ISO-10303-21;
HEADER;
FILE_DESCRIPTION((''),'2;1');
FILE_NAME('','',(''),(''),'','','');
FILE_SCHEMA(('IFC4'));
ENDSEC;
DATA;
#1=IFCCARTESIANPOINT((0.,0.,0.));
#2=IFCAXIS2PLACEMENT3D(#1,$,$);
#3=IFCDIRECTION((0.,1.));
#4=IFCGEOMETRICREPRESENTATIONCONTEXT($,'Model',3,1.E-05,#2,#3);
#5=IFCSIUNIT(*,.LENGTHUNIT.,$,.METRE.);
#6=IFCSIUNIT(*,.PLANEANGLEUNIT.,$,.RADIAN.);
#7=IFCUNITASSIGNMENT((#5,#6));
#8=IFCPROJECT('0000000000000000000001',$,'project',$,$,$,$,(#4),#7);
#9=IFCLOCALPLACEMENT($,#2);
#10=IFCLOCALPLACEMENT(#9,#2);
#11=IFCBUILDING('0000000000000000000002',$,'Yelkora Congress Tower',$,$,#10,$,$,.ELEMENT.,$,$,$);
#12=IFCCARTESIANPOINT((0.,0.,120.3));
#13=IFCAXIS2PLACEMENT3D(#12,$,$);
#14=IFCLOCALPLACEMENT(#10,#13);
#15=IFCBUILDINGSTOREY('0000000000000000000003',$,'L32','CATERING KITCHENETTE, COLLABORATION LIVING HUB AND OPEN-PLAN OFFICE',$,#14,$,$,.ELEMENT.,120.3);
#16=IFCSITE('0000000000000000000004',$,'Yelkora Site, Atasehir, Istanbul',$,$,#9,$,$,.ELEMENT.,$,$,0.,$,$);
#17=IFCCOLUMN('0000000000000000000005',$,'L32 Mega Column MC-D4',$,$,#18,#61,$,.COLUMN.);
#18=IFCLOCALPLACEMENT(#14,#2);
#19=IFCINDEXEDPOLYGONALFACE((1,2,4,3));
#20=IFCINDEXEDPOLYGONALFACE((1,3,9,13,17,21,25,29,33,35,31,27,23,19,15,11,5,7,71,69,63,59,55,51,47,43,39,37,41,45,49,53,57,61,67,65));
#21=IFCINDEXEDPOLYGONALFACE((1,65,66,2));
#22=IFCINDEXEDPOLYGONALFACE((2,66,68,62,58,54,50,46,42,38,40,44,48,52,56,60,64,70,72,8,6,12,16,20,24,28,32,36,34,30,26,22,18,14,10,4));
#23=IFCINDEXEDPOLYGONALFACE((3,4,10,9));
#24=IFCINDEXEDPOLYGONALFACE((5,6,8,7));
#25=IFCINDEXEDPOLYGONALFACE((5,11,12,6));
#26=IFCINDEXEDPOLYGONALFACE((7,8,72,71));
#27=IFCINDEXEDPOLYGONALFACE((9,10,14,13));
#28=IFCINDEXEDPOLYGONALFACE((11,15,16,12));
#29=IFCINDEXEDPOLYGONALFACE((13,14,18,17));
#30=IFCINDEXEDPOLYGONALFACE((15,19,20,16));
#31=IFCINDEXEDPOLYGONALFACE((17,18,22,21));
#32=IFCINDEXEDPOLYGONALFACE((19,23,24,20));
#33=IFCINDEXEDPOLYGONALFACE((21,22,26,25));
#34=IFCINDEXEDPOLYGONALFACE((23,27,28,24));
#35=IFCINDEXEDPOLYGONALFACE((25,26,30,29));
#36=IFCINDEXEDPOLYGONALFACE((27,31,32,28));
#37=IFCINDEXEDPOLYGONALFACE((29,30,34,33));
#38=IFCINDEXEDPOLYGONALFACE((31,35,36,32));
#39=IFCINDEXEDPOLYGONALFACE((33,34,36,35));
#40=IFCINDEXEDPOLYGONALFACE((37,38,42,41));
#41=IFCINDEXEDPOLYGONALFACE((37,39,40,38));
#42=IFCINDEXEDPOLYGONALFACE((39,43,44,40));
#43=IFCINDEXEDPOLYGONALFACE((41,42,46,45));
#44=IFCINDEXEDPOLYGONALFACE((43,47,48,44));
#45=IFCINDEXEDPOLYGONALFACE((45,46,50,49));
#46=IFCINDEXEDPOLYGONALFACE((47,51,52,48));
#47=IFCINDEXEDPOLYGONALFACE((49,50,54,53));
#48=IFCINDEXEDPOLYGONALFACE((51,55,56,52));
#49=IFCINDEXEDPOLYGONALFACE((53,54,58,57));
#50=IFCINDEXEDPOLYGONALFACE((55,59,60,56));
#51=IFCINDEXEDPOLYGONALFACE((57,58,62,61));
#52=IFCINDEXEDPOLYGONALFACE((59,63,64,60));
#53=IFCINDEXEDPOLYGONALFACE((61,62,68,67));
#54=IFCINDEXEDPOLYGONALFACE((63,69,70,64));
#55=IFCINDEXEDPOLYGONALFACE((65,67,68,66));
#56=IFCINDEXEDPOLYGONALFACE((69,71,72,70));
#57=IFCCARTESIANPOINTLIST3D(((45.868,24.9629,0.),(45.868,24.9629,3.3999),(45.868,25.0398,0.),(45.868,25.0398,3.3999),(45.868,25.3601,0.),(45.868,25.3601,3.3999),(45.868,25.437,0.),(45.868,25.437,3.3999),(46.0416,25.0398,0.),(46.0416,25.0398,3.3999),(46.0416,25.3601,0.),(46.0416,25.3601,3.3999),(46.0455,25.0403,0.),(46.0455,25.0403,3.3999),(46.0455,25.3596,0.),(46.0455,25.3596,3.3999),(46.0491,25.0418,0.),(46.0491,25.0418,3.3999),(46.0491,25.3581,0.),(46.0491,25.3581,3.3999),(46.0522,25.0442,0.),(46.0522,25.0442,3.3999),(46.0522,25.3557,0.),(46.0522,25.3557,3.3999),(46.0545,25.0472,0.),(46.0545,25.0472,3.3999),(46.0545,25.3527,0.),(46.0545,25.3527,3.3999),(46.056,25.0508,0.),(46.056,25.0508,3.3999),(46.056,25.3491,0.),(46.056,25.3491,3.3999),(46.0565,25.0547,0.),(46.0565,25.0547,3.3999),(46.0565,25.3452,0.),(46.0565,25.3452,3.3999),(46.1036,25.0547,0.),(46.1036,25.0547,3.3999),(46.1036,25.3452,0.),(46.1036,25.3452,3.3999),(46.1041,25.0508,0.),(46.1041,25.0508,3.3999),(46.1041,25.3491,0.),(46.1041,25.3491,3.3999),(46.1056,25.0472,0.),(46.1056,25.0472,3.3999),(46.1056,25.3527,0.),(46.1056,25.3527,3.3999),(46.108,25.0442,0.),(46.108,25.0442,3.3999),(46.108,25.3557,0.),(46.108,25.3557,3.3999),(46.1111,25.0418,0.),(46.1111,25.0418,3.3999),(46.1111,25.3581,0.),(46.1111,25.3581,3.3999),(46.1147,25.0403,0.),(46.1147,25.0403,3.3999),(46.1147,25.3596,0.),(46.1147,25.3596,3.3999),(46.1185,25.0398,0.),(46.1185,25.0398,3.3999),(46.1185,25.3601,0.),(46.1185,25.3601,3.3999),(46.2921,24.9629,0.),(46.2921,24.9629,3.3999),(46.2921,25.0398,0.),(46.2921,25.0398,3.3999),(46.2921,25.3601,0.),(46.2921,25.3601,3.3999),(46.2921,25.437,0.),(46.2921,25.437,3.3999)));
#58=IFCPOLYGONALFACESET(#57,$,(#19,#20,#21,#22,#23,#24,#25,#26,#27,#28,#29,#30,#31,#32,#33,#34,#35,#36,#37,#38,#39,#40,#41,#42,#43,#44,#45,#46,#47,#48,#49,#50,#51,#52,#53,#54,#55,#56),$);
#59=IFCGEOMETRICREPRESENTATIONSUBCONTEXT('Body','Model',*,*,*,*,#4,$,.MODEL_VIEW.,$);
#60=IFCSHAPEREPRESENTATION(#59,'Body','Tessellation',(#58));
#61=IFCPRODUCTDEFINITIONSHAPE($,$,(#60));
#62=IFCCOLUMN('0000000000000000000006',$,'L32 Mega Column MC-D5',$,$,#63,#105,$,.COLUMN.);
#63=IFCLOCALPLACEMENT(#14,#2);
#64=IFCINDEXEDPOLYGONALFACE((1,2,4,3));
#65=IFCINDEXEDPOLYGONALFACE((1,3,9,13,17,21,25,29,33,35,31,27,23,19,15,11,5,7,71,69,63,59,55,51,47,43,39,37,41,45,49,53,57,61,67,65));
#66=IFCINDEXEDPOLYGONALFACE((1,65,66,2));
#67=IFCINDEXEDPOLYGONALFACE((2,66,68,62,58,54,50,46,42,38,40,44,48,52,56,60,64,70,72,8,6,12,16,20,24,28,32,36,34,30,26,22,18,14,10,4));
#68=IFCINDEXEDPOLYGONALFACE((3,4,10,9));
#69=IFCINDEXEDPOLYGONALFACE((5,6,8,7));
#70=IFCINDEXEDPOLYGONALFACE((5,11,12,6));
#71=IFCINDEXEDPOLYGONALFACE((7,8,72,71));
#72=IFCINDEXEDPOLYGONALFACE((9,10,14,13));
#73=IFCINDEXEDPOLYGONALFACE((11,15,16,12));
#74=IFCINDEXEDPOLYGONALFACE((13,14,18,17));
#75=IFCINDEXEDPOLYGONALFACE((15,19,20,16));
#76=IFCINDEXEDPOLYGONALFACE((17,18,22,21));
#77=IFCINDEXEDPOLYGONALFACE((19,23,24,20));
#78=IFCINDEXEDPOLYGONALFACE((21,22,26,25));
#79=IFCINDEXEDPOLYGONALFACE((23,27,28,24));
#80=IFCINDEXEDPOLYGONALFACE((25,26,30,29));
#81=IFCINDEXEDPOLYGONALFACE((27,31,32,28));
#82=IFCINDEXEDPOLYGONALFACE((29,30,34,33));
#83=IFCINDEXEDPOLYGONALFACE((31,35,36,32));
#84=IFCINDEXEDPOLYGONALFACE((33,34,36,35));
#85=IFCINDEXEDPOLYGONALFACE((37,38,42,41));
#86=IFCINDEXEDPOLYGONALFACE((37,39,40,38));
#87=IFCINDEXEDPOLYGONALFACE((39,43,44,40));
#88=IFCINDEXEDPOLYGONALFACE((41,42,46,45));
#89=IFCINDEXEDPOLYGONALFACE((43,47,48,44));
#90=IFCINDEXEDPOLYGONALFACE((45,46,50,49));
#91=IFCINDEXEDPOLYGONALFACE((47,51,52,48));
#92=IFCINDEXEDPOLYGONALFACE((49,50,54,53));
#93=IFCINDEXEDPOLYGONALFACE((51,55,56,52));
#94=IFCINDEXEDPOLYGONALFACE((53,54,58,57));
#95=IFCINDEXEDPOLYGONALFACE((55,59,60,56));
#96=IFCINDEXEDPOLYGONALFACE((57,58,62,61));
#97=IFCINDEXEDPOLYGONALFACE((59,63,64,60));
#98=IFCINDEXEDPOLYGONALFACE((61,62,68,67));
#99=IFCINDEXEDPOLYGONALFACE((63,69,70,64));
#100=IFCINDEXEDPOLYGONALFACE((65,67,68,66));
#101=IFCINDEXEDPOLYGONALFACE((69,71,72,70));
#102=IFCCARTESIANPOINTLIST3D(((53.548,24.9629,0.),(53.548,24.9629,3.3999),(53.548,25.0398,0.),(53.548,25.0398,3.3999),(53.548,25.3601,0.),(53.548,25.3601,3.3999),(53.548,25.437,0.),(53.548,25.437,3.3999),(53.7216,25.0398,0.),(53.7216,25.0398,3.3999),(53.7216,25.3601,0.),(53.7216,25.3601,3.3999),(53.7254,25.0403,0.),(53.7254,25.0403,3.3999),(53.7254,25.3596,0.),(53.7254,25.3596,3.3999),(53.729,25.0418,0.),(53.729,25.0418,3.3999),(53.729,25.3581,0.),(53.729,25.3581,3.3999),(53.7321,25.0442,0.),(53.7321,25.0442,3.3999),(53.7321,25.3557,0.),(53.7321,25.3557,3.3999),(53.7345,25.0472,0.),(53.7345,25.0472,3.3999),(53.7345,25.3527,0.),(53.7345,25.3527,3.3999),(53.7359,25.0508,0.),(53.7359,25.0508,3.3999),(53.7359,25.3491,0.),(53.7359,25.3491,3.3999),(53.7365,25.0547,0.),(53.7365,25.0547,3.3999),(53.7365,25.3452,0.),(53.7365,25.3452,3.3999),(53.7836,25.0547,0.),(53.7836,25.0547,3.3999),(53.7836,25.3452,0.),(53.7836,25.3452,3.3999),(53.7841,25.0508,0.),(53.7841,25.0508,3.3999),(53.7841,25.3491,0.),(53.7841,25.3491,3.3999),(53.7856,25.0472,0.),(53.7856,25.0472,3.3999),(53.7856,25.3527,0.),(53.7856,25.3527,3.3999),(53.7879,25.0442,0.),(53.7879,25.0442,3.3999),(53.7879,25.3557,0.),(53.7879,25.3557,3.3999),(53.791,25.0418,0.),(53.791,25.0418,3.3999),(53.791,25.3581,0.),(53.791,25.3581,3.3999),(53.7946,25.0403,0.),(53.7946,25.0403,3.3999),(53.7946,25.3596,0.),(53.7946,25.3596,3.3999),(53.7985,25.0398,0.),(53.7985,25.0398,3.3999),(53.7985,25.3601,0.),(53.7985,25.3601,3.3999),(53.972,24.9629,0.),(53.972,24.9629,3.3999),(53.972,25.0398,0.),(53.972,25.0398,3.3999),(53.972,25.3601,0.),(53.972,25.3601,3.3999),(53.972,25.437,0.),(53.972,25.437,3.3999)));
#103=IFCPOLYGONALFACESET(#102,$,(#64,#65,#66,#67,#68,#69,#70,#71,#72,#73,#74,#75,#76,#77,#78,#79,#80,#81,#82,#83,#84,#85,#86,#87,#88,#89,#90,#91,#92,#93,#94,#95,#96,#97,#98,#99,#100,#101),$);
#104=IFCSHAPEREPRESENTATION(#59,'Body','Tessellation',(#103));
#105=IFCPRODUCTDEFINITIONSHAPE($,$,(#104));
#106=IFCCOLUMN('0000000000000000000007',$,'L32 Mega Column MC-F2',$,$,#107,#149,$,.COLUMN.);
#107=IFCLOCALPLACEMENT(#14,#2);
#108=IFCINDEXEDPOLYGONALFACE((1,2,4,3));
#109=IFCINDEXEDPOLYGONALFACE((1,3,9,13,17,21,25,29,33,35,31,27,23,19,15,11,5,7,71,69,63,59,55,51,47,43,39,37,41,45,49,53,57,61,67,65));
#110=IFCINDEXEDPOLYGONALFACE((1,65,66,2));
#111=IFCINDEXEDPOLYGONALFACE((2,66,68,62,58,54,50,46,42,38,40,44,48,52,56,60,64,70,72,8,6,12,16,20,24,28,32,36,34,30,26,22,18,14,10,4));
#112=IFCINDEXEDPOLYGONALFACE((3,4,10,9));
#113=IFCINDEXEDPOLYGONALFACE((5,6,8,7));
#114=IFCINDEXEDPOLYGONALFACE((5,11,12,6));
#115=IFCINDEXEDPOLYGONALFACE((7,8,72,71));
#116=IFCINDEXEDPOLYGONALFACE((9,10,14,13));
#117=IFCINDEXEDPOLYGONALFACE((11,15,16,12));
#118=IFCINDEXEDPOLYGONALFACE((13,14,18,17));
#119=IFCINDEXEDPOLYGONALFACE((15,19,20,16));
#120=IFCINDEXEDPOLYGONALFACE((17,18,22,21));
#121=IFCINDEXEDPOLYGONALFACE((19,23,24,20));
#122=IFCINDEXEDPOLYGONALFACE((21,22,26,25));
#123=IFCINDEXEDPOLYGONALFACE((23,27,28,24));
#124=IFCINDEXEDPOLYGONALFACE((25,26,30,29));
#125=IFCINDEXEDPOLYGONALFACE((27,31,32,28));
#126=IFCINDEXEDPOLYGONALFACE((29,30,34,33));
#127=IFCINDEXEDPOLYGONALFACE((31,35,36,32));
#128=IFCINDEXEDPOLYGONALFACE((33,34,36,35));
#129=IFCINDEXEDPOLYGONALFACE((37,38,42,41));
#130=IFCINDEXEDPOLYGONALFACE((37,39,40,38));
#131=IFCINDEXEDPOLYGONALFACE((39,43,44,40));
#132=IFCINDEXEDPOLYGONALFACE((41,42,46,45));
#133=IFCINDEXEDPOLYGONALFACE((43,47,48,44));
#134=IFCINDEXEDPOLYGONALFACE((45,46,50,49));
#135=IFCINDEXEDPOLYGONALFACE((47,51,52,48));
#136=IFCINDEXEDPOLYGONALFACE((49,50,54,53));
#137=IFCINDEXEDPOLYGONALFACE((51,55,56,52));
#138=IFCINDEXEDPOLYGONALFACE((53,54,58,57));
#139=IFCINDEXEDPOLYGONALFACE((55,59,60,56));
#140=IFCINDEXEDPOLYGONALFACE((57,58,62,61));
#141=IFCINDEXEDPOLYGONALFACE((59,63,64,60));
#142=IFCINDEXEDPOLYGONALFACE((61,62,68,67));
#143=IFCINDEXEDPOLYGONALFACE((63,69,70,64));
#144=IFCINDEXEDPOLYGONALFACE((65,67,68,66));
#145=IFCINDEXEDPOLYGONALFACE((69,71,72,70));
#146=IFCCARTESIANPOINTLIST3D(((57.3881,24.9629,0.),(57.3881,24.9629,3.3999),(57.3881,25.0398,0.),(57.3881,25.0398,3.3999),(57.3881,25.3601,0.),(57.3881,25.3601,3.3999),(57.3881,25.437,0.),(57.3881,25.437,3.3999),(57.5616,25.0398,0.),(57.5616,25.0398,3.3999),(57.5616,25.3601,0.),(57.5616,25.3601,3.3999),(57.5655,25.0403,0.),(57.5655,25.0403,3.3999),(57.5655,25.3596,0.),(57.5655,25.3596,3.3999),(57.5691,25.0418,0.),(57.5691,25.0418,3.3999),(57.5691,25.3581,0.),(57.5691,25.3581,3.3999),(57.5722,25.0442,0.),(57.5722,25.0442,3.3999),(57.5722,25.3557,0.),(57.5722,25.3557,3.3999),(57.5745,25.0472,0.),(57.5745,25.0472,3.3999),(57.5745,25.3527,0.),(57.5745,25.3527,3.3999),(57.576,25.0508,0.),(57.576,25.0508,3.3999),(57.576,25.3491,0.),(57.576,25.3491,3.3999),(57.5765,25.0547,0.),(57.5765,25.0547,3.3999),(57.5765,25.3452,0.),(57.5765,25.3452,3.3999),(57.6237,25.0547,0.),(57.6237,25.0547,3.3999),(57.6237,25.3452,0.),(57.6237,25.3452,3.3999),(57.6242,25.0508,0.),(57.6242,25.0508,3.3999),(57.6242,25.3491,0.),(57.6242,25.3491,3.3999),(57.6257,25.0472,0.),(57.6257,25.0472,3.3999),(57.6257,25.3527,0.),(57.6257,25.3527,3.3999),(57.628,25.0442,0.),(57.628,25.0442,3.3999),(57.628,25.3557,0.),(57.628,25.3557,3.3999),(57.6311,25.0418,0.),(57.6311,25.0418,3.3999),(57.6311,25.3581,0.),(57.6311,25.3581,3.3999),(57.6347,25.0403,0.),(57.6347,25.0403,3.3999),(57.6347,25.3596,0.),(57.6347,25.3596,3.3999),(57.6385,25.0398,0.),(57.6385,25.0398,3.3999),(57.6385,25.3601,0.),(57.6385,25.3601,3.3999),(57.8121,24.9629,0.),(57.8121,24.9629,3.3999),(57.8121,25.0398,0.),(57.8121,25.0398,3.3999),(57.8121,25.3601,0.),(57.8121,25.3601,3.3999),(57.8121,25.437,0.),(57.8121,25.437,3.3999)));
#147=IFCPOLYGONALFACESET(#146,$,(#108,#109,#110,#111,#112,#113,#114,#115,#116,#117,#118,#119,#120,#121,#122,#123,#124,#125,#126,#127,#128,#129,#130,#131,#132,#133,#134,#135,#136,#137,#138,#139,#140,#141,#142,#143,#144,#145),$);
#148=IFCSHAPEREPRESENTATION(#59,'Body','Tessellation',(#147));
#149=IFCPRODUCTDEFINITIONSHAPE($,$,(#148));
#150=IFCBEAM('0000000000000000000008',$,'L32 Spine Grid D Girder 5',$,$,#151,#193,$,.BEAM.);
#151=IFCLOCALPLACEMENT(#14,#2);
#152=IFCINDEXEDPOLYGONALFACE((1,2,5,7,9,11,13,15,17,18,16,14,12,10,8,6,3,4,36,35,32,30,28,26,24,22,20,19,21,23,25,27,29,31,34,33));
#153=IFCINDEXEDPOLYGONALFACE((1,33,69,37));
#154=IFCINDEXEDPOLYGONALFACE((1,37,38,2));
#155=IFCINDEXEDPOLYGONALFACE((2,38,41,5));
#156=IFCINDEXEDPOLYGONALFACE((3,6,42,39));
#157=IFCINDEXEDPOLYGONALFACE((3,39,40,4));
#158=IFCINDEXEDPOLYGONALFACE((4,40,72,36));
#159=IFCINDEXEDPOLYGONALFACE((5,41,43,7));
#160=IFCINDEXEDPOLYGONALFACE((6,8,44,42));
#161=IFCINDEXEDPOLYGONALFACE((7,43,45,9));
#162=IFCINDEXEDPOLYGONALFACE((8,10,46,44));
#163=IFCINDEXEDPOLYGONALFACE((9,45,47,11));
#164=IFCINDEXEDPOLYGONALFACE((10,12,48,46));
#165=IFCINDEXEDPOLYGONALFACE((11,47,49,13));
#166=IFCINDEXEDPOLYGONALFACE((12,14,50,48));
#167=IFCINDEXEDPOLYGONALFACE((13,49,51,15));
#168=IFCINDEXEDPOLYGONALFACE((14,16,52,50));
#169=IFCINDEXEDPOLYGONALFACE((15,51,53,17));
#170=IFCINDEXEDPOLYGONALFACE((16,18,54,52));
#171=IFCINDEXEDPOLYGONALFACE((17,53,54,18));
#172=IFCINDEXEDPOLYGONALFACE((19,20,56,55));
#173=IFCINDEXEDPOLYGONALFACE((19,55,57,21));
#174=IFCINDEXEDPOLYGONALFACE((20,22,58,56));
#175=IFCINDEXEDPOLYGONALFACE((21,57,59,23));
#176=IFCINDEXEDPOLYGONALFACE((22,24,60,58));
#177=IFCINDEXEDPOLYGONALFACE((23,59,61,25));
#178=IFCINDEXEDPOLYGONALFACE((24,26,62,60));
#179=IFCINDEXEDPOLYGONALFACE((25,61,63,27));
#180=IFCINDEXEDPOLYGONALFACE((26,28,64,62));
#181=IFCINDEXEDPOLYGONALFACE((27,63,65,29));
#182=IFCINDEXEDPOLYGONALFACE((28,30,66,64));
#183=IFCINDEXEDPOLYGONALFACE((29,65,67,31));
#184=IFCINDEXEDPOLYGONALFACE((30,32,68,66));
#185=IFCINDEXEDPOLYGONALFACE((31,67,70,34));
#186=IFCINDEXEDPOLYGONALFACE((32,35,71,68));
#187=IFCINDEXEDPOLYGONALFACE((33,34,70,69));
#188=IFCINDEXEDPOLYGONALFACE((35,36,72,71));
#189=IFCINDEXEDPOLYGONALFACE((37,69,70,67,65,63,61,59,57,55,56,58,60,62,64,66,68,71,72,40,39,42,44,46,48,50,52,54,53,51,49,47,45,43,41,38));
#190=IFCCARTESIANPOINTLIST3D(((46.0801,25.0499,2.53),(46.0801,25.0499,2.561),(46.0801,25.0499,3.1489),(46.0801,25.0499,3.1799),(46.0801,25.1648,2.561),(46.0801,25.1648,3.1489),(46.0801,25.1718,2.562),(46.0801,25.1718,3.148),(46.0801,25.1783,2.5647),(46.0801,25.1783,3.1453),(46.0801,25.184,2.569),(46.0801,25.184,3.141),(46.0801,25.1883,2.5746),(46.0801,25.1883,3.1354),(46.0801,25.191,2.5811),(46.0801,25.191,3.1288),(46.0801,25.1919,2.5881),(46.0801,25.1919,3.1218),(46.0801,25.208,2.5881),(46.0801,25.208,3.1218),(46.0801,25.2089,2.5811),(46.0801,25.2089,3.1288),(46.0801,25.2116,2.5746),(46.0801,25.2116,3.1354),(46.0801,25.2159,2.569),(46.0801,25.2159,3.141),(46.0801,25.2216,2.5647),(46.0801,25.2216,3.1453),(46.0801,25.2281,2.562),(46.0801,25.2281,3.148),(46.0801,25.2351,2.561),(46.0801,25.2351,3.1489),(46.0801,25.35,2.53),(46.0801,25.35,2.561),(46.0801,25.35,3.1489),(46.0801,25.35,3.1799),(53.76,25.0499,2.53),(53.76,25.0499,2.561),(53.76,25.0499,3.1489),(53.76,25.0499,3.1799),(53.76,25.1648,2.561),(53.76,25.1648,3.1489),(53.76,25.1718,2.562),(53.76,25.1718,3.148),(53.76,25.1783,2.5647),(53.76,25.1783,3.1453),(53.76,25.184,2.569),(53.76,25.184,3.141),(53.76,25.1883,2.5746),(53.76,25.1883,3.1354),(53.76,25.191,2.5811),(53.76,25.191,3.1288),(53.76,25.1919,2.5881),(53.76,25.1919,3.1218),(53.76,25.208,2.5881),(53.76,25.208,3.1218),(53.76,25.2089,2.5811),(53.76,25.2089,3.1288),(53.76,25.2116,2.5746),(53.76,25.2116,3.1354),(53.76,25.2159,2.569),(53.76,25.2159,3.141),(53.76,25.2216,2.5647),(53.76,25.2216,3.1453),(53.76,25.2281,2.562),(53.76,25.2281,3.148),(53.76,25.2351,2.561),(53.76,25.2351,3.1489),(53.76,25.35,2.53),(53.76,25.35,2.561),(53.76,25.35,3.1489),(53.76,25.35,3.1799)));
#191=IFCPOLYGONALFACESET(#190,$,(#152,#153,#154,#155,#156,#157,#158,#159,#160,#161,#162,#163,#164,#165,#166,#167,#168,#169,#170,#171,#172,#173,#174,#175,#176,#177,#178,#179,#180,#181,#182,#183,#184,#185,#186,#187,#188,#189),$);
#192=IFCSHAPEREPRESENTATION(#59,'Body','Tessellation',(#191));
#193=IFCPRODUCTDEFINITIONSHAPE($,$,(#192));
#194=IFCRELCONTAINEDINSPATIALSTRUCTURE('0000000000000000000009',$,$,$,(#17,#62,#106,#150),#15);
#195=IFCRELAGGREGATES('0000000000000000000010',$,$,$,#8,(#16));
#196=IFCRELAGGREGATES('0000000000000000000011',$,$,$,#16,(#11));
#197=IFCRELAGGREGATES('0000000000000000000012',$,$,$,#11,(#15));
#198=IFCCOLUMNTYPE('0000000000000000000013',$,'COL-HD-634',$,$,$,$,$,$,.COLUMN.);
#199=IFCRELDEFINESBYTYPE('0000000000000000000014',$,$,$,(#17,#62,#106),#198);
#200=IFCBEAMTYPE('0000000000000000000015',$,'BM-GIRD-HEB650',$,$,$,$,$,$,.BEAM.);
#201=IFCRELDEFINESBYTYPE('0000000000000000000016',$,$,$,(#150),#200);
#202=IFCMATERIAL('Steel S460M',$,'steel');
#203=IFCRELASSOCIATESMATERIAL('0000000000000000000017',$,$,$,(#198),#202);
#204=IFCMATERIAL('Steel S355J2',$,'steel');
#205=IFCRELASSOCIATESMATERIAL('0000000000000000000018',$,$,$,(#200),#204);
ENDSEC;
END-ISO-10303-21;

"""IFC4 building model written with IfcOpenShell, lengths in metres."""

from ifc_helpers import new_model, si_unit, direction, frame, origin, origin_2d, place, context, subcontext, project, spatial, i_section, extrude, material, material_profile, profile_set, type_object, element, save


model = new_model("IFC4")

# Units and contexts
model_context = context("Model", 3, precision=1e-05, world=origin(), true_north=direction((0.0, 1.0)))
body_context = subcontext(model_context, "Body", "Model", "MODEL_VIEW")
ifc_project = project(units=[si_unit("LENGTHUNIT", "METRE"), si_unit("PLANEANGLEUNIT", "RADIAN")], contexts=[model_context])

# Site, building, storey
site_placement = place(None, origin())
site = spatial("IfcSite", under=ifc_project, at=site_placement, Name="Yelkora Site, Atasehir, Istanbul", CompositionType="ELEMENT", RefElevation=0.0)
building_placement = place(site_placement, origin())
building = spatial("IfcBuilding", under=site, at=building_placement, Name="Yelkora Congress Tower", CompositionType="ELEMENT")
storey_placement = place(building_placement, frame((0.0, 0.0, 120.3)))
storey = spatial("IfcBuildingStorey", under=building, at=storey_placement, Name="L32", Description="CATERING KITCHENETTE, COLLABORATION LIVING HUB AND OPEN-PLAN OFFICE", CompositionType="ELEMENT", Elevation=120.3)

# Columns
ifc_material_1 = material(Name="Steel S460M", Category="steel")
ifc_material_profile_1 = material_profile(ifc_material_1, i_section(OverallWidth=0.4241, OverallDepth=0.4741, WebThickness=0.0471, FlangeThickness=0.0769, FilletRadius=0.0149, at=origin_2d()), Name="HD 400x634")
ifc_profile_set_1 = profile_set([ifc_material_profile_1], Name="Steel S460M")
column_type = type_object("IfcColumnType", Name="COL-HD-634", PredefinedType="COLUMN", material=ifc_profile_set_1)
for number, where, z_axis, x_axis, name in (
    (1, (46.0801, 25.2, 0.0), (0.0, 0.0, 1.0), (1.0, 0.0, 0.0), "L32 Mega Column MC-D4"),
    (2, (53.76, 25.2, 0.0), (0.0, 0.0, 1.0), (1.0, 0.0, 0.0), "L32 Mega Column MC-D5"),
    (3, (57.6001, 25.2, 0.0), (0.0, 0.0, 1.0), (1.0, 0.0, 0.0), "L32 Mega Column MC-F2"),
):
    element("IfcColumn", number, at=place(storey_placement, frame(where, z_axis=z_axis, x_axis=x_axis)), inside=storey, type_object=column_type, Name=name, PredefinedType="COLUMN", context=body_context, shape_type="SweptSolid", body=[
        extrude(i_section(OverallWidth=0.4241, OverallDepth=0.4741, WebThickness=0.0471, FlangeThickness=0.0769, FilletRadius=0.0149, at=origin_2d()), origin(), (0.0, 0.0, 1.0), 3.3999),
    ])

# Beam
ifc_material_2 = material(Name="Steel S355J2", Category="steel")
ifc_material_profile_2 = material_profile(ifc_material_2, i_section(OverallWidth=0.3, OverallDepth=0.6499, WebThickness=0.0161, FlangeThickness=0.031, FilletRadius=0.0271, at=origin_2d()), Name="HEB 650")
ifc_profile_set_2 = profile_set([ifc_material_profile_2], Name="Steel S355J2")
beam_type_1 = type_object("IfcBeamType", Name="BM-GIRD-HEB650", PredefinedType="BEAM", material=ifc_profile_set_2)
beam_1_placement = place(storey_placement, frame((46.0801, 25.2, 2.855), z_axis=(1.0, 0.0, 0.0), x_axis=(0.0, 1.0, 0.0)))
element("IfcBeam", 4, at=beam_1_placement, inside=storey, type_object=beam_type_1, Name="L32 Spine Grid D Girder 5", PredefinedType="BEAM", context=body_context, shape_type="SweptSolid", body=[
    extrude(i_section(OverallWidth=0.3, OverallDepth=0.6499, WebThickness=0.0161, FlangeThickness=0.031, FilletRadius=0.0271, at=origin_2d()), origin(), (0.0, 0.0, 1.0), 7.6799),
])

save(model, "model.ifc")
